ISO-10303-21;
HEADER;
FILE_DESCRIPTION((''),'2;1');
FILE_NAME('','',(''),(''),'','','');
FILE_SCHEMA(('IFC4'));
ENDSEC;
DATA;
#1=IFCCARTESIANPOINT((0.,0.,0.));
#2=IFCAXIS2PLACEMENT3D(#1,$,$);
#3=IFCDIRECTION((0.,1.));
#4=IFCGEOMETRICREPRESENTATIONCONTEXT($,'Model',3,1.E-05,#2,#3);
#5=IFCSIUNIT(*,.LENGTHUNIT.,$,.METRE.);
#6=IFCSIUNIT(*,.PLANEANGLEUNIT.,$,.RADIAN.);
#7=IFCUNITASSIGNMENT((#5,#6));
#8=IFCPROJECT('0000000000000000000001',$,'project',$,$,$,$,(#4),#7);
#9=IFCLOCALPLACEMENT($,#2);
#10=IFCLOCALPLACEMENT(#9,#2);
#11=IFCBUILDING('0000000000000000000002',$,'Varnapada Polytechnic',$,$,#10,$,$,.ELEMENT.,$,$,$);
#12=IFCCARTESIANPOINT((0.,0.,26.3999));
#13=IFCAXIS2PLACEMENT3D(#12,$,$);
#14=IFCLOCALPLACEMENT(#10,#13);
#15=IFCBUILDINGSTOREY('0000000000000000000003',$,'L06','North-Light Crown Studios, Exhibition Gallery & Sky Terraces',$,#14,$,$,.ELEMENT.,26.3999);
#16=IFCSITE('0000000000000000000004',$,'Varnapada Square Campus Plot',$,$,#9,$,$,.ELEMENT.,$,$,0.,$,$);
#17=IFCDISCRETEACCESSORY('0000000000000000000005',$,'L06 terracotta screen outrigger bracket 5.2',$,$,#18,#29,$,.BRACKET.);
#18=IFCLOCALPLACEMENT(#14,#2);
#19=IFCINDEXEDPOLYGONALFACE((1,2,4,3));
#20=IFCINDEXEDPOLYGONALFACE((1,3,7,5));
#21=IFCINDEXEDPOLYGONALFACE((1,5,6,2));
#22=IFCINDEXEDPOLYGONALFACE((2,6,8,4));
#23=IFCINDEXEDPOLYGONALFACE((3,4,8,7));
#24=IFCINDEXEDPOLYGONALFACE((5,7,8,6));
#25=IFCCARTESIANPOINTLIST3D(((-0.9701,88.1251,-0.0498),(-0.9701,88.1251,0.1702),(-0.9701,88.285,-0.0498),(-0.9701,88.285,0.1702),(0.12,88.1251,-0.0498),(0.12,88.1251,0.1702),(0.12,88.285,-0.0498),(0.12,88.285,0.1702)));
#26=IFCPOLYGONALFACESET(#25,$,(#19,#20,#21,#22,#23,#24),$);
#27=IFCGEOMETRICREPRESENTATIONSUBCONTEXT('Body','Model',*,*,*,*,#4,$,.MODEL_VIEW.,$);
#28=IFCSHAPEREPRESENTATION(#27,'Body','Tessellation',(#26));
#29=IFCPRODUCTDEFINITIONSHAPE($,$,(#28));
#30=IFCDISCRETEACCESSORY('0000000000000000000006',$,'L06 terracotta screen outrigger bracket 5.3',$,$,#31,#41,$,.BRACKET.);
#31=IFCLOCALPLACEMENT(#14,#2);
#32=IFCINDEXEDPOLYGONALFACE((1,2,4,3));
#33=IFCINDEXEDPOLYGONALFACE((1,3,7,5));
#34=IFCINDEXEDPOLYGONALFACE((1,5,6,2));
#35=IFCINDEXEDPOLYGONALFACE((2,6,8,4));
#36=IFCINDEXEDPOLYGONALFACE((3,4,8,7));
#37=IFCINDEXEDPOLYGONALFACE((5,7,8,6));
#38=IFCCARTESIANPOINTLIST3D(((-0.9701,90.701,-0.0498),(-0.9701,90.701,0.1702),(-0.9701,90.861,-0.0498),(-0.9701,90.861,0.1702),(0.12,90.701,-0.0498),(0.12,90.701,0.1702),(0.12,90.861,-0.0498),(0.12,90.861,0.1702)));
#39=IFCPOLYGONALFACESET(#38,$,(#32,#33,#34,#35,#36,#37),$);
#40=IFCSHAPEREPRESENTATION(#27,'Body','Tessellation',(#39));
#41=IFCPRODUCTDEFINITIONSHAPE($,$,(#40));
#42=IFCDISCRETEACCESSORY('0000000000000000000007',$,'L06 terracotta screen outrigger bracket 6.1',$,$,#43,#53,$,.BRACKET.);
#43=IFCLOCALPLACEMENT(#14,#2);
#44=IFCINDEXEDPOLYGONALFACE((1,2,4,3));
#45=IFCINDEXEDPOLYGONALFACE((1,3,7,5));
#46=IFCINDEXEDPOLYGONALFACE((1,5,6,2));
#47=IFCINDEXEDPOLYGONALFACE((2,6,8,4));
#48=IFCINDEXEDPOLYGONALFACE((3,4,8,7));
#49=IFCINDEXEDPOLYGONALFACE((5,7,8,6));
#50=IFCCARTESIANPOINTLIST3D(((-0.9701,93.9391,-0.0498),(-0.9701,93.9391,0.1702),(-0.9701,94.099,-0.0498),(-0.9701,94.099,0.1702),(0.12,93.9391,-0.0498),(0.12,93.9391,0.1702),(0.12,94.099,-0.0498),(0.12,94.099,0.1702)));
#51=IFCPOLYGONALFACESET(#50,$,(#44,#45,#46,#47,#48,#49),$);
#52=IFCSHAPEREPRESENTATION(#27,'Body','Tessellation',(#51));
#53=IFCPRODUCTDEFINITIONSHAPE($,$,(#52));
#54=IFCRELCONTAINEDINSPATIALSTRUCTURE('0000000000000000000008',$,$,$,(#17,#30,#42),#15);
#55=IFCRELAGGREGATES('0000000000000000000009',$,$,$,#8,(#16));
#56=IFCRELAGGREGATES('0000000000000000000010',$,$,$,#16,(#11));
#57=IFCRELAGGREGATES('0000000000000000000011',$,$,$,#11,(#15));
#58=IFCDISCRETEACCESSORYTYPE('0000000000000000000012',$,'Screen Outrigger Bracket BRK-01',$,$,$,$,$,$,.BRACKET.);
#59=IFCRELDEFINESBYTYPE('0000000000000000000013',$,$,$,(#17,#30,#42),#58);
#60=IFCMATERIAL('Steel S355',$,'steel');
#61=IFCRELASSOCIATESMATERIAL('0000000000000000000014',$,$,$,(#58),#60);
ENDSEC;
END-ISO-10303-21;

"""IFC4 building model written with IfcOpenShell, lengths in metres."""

from ifc_helpers import new_model, si_unit, direction, frame, origin, origin_2d, place, context, subcontext, project, spatial, rectangle, extrude, material, type_object, element, save


model = new_model("IFC4")

# Units and contexts
model_context = context("Model", 3, precision=1e-05, world=origin(), true_north=direction((0.0, 1.0)))
body_context = subcontext(model_context, "Body", "Model", "MODEL_VIEW")
ifc_project = project(units=[si_unit("LENGTHUNIT", "METRE"), si_unit("PLANEANGLEUNIT", "RADIAN")], contexts=[model_context])

# Site, building, storey
site_placement = place(None, origin())
site = spatial("IfcSite", under=ifc_project, at=site_placement, Name="Varnapada Square Campus Plot", CompositionType="ELEMENT", RefElevation=0.0)
building_placement = place(site_placement, origin())
building = spatial("IfcBuilding", under=site, at=building_placement, Name="Varnapada Polytechnic", CompositionType="ELEMENT")
storey_placement = place(building_placement, frame((0.0, 0.0, 26.3999)))
storey = spatial("IfcBuildingStorey", under=building, at=storey_placement, Name="L06", Description="North-Light Crown Studios, Exhibition Gallery & Sky Terraces", CompositionType="ELEMENT", Elevation=26.3999)

# Discrete accessories
ifc_material_1 = material(Name="Steel S355", Category="steel")
discrete_accessory_type = type_object("IfcDiscreteAccessoryType", Name="Screen Outrigger Bracket BRK-01", PredefinedType="BRACKET", material=ifc_material_1)
for number, where, z_axis, x_axis, name in (
    (1, (-0.425, 88.2051, -0.0498), (0.0, 0.0, 1.0), (0.0, 1.0, 0.0), "L06 terracotta screen outrigger bracket 5.2"),
    (2, (-0.425, 90.781, -0.0498), (0.0, 0.0, 1.0), (0.0, 1.0, 0.0), "L06 terracotta screen outrigger bracket 5.3"),
    (3, (-0.425, 94.019, -0.0498), (0.0, 0.0, 1.0), (0.0, 1.0, 0.0), "L06 terracotta screen outrigger bracket 6.1"),
):
    element("IfcDiscreteAccessory", number, at=place(storey_placement, frame(where, z_axis=z_axis, x_axis=x_axis)), inside=storey, type_object=discrete_accessory_type, Name=name, PredefinedType="BRACKET", context=body_context, shape_type="SweptSolid", body=[
        extrude(rectangle(XDim=0.1599, YDim=1.0901, at=origin_2d()), origin(), (0.0, 0.0, 1.0), 0.22),
    ])

save(model, "model.ifc")
